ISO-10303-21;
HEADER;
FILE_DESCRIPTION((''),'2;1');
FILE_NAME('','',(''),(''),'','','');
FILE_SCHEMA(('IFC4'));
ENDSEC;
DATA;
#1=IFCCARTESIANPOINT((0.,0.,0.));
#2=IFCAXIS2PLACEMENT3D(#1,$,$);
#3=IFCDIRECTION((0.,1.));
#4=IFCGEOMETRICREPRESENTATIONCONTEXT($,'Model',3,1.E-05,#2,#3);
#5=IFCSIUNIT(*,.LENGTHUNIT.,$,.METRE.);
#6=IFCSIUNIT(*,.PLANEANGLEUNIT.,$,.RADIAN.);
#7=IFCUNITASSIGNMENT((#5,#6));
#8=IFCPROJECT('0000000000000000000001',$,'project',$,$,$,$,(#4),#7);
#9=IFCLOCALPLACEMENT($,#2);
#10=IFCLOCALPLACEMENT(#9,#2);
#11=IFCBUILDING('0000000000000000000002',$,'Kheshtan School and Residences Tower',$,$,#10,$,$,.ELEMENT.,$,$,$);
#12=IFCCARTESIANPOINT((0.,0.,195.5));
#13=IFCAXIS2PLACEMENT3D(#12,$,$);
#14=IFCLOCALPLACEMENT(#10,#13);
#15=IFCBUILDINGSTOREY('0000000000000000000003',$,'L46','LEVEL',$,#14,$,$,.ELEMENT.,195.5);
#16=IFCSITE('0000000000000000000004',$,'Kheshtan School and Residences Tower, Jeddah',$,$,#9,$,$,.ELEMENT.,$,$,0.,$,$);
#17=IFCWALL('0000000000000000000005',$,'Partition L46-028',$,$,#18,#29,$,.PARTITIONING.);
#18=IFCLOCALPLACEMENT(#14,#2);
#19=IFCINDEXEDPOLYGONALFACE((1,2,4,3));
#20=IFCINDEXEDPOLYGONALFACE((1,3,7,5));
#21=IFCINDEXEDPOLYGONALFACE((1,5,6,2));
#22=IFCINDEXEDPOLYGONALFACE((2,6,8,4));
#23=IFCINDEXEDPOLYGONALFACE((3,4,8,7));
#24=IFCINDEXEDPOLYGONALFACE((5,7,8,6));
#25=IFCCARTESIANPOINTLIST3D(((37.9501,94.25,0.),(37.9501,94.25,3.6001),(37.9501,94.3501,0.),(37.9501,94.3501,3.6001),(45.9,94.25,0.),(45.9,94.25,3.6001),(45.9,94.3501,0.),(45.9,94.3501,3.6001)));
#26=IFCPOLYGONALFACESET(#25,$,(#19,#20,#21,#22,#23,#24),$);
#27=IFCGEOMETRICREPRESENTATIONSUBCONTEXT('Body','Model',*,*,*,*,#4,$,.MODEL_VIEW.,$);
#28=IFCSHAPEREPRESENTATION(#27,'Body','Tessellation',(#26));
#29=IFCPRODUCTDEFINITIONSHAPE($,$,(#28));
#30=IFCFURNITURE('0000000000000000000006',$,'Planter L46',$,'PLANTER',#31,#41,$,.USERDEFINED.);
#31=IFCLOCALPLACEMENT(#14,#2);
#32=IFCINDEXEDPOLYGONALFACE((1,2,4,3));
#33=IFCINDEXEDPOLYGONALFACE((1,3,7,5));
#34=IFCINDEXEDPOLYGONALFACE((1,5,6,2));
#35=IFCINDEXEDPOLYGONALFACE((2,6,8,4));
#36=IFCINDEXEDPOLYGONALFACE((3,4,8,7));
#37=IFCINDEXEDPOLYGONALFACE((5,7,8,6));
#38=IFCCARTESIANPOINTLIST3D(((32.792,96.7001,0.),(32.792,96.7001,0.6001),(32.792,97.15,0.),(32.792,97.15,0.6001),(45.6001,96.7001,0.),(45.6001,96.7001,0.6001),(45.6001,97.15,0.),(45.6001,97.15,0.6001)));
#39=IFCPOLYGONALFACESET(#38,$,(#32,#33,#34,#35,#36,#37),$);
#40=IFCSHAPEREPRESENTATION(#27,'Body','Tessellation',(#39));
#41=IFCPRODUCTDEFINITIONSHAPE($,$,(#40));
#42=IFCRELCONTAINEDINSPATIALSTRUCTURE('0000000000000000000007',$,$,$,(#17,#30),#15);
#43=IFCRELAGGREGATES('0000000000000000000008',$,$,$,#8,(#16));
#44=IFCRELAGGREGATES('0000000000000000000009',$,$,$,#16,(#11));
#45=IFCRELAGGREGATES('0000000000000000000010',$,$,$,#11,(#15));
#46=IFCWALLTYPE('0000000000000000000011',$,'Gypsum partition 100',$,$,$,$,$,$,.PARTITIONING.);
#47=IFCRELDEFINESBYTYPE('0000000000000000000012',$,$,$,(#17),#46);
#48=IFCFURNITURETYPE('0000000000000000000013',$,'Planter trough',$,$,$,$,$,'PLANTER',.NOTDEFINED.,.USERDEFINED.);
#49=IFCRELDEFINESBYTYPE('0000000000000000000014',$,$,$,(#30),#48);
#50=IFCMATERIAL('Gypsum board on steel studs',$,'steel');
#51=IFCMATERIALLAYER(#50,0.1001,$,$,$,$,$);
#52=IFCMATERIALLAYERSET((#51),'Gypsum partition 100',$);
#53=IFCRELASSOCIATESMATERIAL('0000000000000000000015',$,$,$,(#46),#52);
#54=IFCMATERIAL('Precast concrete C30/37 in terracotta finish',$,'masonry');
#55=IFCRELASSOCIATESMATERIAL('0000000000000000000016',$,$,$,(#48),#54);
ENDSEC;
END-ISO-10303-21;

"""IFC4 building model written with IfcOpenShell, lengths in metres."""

from ifc_helpers import new_model, si_unit, direction, frame, frame_2d, origin, origin_2d, place, context, subcontext, project, spatial, rectangle, extrude, material, layer, layer_set, type_object, element, save


model = new_model("IFC4")

# Units and contexts
model_context = context("Model", 3, precision=1e-05, world=origin(), true_north=direction((0.0, 1.0)))
body_context = subcontext(model_context, "Body", "Model", "MODEL_VIEW")
ifc_project = project(units=[si_unit("LENGTHUNIT", "METRE"), si_unit("PLANEANGLEUNIT", "RADIAN")], contexts=[model_context])

# Site, building, storey
site_placement = place(None, origin())
site = spatial("IfcSite", under=ifc_project, at=site_placement, Name="Kheshtan School and Residences Tower, Jeddah", CompositionType="ELEMENT", RefElevation=0.0)
building_placement = place(site_placement, origin())
building = spatial("IfcBuilding", under=site, at=building_placement, Name="Kheshtan School and Residences Tower", CompositionType="ELEMENT")
storey_placement = place(building_placement, frame((0.0, 0.0, 195.5)))
storey = spatial("IfcBuildingStorey", under=building, at=storey_placement, Name="L46", Description="LEVEL", CompositionType="ELEMENT", Elevation=195.5)

# Wall
ifc_material_1 = material(Name="Gypsum board on steel studs", Category="steel")
ifc_layer_1 = layer(ifc_material_1, 0.1001)
ifc_layer_set_1 = layer_set([ifc_layer_1], Name="Gypsum partition 100")
wall_type_1 = type_object("IfcWallType", Name="Gypsum partition 100", PredefinedType="PARTITIONING", material=ifc_layer_set_1)
wall_1_placement = place(storey_placement, frame((37.95, 94.3, 0.0), z_axis=(0.0, 0.0, 1.0), x_axis=(1.0, 0.0, 0.0)))
element("IfcWall", 1, at=wall_1_placement, inside=storey, type_object=wall_type_1, Name="Partition L46-028", PredefinedType="PARTITIONING", context=body_context, shape_type="SweptSolid", body=[
    extrude(rectangle(XDim=7.95, YDim=0.1001, at=frame_2d((3.9751, 0.0))), origin(), (0.0, 0.0, 1.0), 3.6001),
])

# Furniture
ifc_material_2 = material(Name="Precast concrete C30/37 in terracotta finish", Category="masonry")
furniture_type = type_object("IfcFurnitureType", Name="Planter trough", ElementType="PLANTER", AssemblyPlace="NOTDEFINED", PredefinedType="USERDEFINED", material=ifc_material_2)
furniture_placement = place(storey_placement, frame((39.196, 96.925, 0.0), z_axis=(0.0, 0.0, 1.0), x_axis=(1.0, 0.0, 0.0)))
element("IfcFurniture", 2, at=furniture_placement, inside=storey, type_object=furniture_type, Name="Planter L46", ObjectType="PLANTER", PredefinedType="USERDEFINED", context=body_context, shape_type="SweptSolid", body=[
    extrude(rectangle(XDim=12.8081, YDim=0.45, at=origin_2d()), origin(), (0.0, 0.0, 1.0), 0.6001),
])

save(model, "model.ifc")
